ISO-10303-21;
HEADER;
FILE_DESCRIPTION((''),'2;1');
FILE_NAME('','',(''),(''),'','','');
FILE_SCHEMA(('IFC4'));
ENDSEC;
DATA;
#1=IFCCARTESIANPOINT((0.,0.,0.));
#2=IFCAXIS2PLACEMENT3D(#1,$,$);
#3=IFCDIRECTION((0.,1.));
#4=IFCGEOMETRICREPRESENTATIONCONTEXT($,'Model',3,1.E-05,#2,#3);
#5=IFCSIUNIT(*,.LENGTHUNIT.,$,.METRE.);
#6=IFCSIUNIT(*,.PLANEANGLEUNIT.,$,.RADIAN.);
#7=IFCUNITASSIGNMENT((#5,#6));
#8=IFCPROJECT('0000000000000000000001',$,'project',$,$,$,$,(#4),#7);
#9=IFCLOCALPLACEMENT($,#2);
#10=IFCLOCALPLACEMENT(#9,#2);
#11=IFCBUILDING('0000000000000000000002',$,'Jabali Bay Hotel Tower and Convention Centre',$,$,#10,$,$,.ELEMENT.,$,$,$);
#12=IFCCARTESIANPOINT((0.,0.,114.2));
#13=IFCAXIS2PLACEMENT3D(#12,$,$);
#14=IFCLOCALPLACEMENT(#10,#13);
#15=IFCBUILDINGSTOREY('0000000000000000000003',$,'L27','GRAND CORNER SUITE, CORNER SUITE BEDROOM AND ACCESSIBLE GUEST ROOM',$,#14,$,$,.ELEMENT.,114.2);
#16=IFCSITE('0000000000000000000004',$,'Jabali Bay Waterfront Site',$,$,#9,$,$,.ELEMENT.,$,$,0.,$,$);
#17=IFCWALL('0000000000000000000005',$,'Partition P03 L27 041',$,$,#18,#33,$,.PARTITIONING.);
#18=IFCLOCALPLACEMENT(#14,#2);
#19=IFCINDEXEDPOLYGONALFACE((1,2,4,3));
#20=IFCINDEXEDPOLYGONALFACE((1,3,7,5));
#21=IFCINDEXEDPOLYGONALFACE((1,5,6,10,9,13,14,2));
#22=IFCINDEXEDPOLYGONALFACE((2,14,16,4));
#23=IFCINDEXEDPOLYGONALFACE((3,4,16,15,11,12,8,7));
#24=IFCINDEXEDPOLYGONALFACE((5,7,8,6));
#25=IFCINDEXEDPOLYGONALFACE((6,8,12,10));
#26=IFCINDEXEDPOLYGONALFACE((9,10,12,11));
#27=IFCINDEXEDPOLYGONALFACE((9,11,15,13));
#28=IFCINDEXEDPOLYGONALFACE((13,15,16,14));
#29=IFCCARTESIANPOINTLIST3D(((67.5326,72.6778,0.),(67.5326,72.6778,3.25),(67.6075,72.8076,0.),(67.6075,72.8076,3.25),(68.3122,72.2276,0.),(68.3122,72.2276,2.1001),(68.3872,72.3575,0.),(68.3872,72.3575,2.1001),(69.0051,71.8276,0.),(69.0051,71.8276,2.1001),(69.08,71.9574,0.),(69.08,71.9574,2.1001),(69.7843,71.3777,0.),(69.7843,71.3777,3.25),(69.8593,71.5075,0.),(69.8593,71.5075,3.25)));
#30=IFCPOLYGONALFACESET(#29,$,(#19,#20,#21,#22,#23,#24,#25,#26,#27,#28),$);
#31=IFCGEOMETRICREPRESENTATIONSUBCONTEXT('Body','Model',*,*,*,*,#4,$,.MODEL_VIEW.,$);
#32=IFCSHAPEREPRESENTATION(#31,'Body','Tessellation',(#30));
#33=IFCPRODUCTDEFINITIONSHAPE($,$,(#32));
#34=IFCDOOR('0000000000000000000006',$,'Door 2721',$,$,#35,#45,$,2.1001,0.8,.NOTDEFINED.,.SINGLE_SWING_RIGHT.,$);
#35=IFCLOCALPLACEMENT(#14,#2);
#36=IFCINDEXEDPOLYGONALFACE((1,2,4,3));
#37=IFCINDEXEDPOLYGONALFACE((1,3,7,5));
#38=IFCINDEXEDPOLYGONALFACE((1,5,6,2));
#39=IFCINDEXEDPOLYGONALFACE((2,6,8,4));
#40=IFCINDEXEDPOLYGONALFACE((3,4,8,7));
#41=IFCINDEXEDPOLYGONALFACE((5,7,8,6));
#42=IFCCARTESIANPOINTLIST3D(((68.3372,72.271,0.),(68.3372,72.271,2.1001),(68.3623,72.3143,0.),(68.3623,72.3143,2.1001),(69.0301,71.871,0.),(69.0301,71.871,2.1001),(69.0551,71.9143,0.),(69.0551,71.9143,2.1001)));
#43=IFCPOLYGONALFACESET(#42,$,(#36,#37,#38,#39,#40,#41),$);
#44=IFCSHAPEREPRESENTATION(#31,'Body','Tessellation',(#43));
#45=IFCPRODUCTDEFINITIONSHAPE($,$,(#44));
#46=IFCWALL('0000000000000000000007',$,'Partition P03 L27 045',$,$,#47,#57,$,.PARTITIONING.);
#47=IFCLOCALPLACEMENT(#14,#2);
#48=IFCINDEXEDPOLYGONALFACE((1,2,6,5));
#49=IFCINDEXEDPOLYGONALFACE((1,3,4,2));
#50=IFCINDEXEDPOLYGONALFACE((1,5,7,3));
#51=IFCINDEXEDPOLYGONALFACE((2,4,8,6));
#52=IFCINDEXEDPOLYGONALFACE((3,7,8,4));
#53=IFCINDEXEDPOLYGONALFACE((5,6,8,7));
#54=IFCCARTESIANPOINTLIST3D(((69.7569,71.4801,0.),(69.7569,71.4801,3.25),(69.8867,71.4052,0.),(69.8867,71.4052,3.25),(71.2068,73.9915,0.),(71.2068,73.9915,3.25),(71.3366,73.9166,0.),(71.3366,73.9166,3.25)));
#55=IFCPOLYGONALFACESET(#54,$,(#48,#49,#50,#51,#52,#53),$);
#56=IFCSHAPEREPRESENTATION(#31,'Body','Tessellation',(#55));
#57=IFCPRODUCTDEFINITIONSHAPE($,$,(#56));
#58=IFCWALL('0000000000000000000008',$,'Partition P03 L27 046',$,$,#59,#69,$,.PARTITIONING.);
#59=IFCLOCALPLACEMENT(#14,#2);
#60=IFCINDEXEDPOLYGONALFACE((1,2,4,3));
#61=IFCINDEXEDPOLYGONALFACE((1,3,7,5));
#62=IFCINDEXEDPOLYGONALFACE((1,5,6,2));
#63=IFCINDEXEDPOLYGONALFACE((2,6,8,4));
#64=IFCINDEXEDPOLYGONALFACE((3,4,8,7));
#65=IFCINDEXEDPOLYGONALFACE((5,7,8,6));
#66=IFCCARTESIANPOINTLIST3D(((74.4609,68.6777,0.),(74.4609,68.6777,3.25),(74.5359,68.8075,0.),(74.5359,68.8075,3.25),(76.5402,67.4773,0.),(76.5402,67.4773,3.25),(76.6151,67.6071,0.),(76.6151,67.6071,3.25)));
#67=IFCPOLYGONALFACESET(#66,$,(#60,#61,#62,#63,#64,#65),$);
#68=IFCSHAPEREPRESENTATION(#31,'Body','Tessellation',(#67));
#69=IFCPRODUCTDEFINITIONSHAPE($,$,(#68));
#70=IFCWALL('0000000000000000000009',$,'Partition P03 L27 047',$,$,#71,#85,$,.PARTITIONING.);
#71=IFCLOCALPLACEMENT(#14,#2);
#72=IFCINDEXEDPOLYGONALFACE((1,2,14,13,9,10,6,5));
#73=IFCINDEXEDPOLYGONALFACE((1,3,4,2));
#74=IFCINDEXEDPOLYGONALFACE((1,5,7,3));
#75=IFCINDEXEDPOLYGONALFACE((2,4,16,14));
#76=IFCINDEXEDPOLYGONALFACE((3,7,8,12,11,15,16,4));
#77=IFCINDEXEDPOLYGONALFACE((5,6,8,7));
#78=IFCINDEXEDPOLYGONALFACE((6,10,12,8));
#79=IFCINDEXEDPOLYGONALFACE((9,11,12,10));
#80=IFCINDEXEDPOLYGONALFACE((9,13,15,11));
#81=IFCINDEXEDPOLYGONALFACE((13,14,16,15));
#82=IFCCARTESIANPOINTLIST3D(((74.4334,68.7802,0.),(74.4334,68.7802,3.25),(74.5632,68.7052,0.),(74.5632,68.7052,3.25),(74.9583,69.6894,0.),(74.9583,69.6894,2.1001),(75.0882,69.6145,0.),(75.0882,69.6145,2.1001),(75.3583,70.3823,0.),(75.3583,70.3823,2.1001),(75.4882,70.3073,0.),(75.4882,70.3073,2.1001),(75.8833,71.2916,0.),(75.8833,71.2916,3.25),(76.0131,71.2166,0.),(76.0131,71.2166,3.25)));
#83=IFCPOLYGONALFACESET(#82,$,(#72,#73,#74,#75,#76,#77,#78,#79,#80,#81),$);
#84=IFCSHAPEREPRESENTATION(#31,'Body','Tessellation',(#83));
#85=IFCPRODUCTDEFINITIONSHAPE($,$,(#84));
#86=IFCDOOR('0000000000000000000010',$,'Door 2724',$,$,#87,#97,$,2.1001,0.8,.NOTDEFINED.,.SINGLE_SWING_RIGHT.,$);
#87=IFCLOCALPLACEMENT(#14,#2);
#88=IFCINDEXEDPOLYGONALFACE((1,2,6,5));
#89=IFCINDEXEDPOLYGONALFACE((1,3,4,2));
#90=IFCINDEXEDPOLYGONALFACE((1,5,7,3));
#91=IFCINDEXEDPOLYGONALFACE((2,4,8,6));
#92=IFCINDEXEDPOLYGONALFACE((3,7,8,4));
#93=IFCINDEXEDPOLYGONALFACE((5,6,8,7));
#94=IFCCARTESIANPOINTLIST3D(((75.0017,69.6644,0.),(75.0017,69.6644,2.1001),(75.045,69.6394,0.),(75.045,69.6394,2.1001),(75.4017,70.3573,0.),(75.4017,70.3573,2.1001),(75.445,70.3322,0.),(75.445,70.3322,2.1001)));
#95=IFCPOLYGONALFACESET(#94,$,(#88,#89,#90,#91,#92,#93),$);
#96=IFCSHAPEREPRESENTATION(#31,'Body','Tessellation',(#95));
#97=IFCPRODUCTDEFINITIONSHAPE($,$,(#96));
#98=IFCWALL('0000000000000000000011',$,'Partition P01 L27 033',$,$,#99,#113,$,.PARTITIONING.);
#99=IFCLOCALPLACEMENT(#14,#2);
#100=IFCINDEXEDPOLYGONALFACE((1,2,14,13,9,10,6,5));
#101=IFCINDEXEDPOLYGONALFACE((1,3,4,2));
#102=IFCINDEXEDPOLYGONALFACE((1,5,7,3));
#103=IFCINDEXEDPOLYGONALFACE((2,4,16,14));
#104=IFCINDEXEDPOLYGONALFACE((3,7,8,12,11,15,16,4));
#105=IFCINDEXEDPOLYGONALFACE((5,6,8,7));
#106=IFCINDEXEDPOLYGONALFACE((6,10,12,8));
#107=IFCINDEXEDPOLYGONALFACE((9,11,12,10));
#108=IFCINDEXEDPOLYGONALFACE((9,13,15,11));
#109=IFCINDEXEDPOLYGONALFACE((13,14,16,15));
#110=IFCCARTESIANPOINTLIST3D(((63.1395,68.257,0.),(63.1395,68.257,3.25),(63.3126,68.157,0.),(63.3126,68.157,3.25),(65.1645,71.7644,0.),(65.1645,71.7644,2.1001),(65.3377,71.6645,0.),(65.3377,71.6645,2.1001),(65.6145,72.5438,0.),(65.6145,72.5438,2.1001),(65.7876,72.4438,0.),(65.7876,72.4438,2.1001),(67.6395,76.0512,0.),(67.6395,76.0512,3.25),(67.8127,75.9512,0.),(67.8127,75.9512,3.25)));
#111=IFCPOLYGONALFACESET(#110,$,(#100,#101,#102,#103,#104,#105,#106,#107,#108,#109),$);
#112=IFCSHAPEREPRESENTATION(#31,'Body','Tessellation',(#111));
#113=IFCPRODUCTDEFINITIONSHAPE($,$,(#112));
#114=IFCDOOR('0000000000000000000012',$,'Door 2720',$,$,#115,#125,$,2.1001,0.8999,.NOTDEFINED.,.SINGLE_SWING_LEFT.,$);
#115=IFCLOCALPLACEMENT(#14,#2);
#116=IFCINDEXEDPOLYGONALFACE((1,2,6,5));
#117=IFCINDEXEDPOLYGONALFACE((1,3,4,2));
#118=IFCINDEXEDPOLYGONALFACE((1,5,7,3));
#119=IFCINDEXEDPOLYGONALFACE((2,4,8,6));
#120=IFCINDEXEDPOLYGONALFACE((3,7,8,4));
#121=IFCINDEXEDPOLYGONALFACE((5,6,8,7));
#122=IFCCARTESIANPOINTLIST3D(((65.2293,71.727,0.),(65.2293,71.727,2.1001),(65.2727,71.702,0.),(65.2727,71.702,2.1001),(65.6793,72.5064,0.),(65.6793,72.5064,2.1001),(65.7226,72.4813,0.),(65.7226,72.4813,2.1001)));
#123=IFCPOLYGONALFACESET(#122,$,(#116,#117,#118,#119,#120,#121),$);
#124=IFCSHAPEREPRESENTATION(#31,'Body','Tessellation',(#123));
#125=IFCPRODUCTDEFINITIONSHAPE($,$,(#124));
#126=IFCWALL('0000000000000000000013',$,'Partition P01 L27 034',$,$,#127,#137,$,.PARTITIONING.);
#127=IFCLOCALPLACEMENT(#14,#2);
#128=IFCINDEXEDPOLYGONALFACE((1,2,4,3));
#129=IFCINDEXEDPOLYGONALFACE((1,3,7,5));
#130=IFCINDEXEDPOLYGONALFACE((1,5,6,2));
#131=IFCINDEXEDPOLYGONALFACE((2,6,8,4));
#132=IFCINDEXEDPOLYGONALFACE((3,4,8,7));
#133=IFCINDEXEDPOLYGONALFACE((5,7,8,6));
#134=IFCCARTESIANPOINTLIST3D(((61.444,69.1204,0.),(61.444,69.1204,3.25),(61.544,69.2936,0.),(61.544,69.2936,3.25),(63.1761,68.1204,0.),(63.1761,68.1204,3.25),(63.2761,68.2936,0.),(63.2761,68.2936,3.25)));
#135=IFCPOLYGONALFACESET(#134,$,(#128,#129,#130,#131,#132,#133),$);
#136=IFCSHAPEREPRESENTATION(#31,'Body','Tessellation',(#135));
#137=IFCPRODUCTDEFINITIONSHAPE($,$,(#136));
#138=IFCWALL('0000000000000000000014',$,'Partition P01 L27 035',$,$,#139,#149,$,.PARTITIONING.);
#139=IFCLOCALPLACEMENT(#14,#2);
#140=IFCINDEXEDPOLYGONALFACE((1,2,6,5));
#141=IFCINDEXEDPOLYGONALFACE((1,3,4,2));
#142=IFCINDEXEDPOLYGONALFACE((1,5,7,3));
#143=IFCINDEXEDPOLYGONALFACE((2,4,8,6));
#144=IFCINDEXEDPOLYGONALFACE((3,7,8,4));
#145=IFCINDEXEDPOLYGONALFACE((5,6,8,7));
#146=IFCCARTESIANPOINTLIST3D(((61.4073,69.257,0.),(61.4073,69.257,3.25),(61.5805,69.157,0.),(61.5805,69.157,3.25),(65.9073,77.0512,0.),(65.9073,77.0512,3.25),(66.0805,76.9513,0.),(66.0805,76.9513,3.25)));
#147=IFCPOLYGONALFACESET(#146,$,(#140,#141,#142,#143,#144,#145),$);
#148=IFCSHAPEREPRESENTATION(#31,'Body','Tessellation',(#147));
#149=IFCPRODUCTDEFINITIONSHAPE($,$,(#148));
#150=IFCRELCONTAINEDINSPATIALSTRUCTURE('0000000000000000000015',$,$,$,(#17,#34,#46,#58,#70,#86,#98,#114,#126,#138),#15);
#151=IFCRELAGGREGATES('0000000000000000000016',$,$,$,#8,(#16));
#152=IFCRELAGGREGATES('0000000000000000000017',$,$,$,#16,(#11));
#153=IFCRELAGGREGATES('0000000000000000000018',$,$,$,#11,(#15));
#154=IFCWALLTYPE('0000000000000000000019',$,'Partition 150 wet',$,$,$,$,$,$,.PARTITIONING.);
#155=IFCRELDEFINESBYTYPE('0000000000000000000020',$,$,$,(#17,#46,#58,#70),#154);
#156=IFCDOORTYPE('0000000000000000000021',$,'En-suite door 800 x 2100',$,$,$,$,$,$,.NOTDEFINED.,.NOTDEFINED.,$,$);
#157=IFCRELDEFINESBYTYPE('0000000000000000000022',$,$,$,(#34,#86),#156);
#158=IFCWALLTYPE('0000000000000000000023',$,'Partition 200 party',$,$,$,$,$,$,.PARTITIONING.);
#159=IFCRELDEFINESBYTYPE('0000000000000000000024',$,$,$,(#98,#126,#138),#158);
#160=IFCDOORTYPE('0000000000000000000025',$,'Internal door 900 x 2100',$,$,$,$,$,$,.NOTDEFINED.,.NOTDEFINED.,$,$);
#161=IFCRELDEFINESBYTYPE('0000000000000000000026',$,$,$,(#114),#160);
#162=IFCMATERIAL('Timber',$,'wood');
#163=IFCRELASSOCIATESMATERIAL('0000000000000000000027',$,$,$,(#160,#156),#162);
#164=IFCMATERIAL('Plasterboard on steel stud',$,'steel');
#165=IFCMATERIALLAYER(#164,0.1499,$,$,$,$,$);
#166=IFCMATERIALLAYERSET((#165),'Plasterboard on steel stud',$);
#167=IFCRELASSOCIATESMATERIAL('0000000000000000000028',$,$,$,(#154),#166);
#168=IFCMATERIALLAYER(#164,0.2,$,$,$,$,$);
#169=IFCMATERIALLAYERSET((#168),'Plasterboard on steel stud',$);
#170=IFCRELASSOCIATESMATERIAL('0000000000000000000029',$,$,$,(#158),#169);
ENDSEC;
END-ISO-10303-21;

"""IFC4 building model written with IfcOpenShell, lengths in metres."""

from ifc_helpers import new_model, si_unit, direction, frame, frame_2d, origin, place, context, subcontext, project, spatial, rectangle, extrude, material, layer, layer_set, type_object, element, fill, save


model = new_model("IFC4")

# Units and contexts
model_context = context("Model", 3, precision=1e-05, world=origin(), true_north=direction((0.0, 1.0)))
body_context = subcontext(model_context, "Body", "Model", "MODEL_VIEW")
ifc_project = project(units=[si_unit("LENGTHUNIT", "METRE"), si_unit("PLANEANGLEUNIT", "RADIAN")], contexts=[model_context])

# Site, building, storey
site_placement = place(None, origin())
site = spatial("IfcSite", under=ifc_project, at=site_placement, Name="Jabali Bay Waterfront Site", CompositionType="ELEMENT", RefElevation=0.0)
building_placement = place(site_placement, origin())
building = spatial("IfcBuilding", under=site, at=building_placement, Name="Jabali Bay Hotel Tower and Convention Centre", CompositionType="ELEMENT")
storey_placement = place(building_placement, frame((0.0, 0.0, 114.2)))
storey = spatial("IfcBuildingStorey", under=building, at=storey_placement, Name="L27", Description="GRAND CORNER SUITE, CORNER SUITE BEDROOM AND ACCESSIBLE GUEST ROOM", CompositionType="ELEMENT", Elevation=114.2)

# Shared definitions
ifc_material_1 = material(Name="Timber", Category="wood")

# Shared definitions
ifc_material_2 = material(Name="Plasterboard on steel stud", Category="steel")
door_type_1 = type_object("IfcDoorType", Name="Internal door 900 x 2100", OperationType="NOTDEFINED", PredefinedType="NOTDEFINED", material=ifc_material_1)

# Shared definitions
ifc_layer_1 = layer(ifc_material_2, 0.1499)
ifc_layer_set_1 = layer_set([ifc_layer_1], Name="Plasterboard on steel stud")
wall_type_1 = type_object("IfcWallType", Name="Partition 150 wet", PredefinedType="PARTITIONING", material=ifc_layer_set_1)

# Wall, opening, door
wall_1_placement = place(storey_placement, frame((69.8218, 71.4426, 0.0), z_axis=(0.0, 0.0, 1.0), x_axis=(-0.866021, 0.500007, 0.0)))
wall_1 = element("IfcWall", 1, at=wall_1_placement, inside=storey, type_object=wall_type_1, Name="Partition P03 L27 041", PredefinedType="PARTITIONING", context=body_context, shape_type="SweptSolid", body=[
    extrude(rectangle(XDim=2.6001, YDim=0.1499, at=frame_2d((1.3, 0.0))), origin(), (0.0, 0.0, 1.0), 3.25),
])
opening_1_placement = place(wall_1_placement, frame((0.8999, 0.0, 0.0)))
opening_1 = element("IfcOpeningElement", 2, at=opening_1_placement, cuts=wall_1, PredefinedType="OPENING", context=body_context, shape_type="SweptSolid", body=[
    extrude(rectangle(XDim=0.8, YDim=2.1001, at=frame_2d((0.3999, 1.05))), frame((0.0, 0.0854, 0.0), z_axis=(0.0, -1.0, 0.0), x_axis=(1.0, 0.0, 0.0)), (0.0, 0.0, 1.0), 0.1709),
])
door_type_2 = type_object("IfcDoorType", Name="En-suite door 800 x 2100", OperationType="NOTDEFINED", PredefinedType="NOTDEFINED", material=ifc_material_1)
door_1_placement = place(opening_1_placement, origin())
door_1 = element("IfcDoor", 3, at=door_1_placement, inside=storey, type_object=door_type_2, Name="Door 2721", OperationType="SINGLE_SWING_RIGHT", OverallHeight=2.1001, OverallWidth=0.8, PredefinedType="NOTDEFINED", context=body_context, shape_type="SweptSolid", body=[
    extrude(rectangle(XDim=0.8, YDim=2.1001, at=frame_2d((0.3999, 1.05))), frame((0.0, 0.0249, 0.0), z_axis=(0.0, -1.0, 0.0), x_axis=(1.0, 0.0, 0.0)), (0.0, 0.0, 1.0), 0.05),
])
fill(opening_1, door_1)

# Walls
wall_2_placement = place(storey_placement, frame((69.8218, 71.4426, 0.0), z_axis=(0.0, 0.0, 1.0), x_axis=(0.499987, 0.866033, 0.0)))
element("IfcWall", 4, at=wall_2_placement, inside=storey, type_object=wall_type_1, Name="Partition P03 L27 045", PredefinedType="PARTITIONING", context=body_context, shape_type="SweptSolid", body=[
    extrude(rectangle(XDim=2.8999, YDim=0.1499, at=frame_2d((1.45, 0.0))), origin(), (0.0, 0.0, 1.0), 3.25),
])
wall_3_placement = place(storey_placement, frame((76.5776, 67.5422, 0.0), z_axis=(0.0, 0.0, 1.0), x_axis=(-0.866038, 0.499978, 0.0)))
element("IfcWall", 5, at=wall_3_placement, inside=storey, type_object=wall_type_1, Name="Partition P03 L27 046", PredefinedType="PARTITIONING", context=body_context, shape_type="SweptSolid", body=[
    extrude(rectangle(XDim=2.4009, YDim=0.1499, at=frame_2d((1.2004, 0.0))), origin(), (0.0, 0.0, 1.0), 3.25),
])

# Walls, openings, doors
wall_4_placement = place(storey_placement, frame((74.4983, 68.7427, 0.0), z_axis=(0.0, 0.0, 1.0), x_axis=(0.499987, 0.866033, 0.0)))
wall_4 = element("IfcWall", 6, at=wall_4_placement, inside=storey, type_object=wall_type_1, Name="Partition P03 L27 047", PredefinedType="PARTITIONING", context=body_context, shape_type="SweptSolid", body=[
    extrude(rectangle(XDim=2.8999, YDim=0.1499, at=frame_2d((1.45, 0.0))), origin(), (0.0, 0.0, 1.0), 3.25),
])
opening_2_placement = place(wall_4_placement, frame((1.05, 0.0, 0.0)))
opening_2 = element("IfcOpeningElement", 7, at=opening_2_placement, cuts=wall_4, PredefinedType="OPENING", context=body_context, shape_type="SweptSolid", body=[
    extrude(rectangle(XDim=0.8, YDim=2.1001, at=frame_2d((0.3999, 1.05))), frame((0.0, 0.0854, 0.0), z_axis=(0.0, -1.0, 0.0), x_axis=(1.0, 0.0, 0.0)), (0.0, 0.0, 1.0), 0.1709),
])
door_2_placement = place(opening_2_placement, origin())
door_2 = element("IfcDoor", 8, at=door_2_placement, inside=storey, type_object=door_type_2, Name="Door 2724", OperationType="SINGLE_SWING_RIGHT", OverallHeight=2.1001, OverallWidth=0.8, PredefinedType="NOTDEFINED", context=body_context, shape_type="SweptSolid", body=[
    extrude(rectangle(XDim=0.8, YDim=2.1001, at=frame_2d((0.3999, 1.05))), frame((0.0, 0.0249, 0.0), z_axis=(0.0, -1.0, 0.0), x_axis=(1.0, 0.0, 0.0)), (0.0, 0.0, 1.0), 0.05),
])
fill(opening_2, door_2)
ifc_layer_2 = layer(ifc_material_2, 0.2)
ifc_layer_set_2 = layer_set([ifc_layer_2], Name="Plasterboard on steel stud")
wall_type_2 = type_object("IfcWallType", Name="Partition 200 party", PredefinedType="PARTITIONING", material=ifc_layer_set_2)
wall_5_placement = place(storey_placement, frame((67.7261, 76.0012, 0.0), z_axis=(0.0, 0.0, 1.0), x_axis=(-0.500002, -0.866024, 0.0)))
wall_5 = element("IfcWall", 9, at=wall_5_placement, inside=storey, type_object=wall_type_2, Name="Partition P01 L27 033", PredefinedType="PARTITIONING", context=body_context, shape_type="SweptSolid", body=[
    extrude(rectangle(XDim=9.0, YDim=0.2, at=frame_2d((4.5, 0.0))), origin(), (0.0, 0.0, 1.0), 3.25),
])
opening_3_placement = place(wall_5_placement, frame((4.05, 0.0, 0.0)))
opening_3 = element("IfcOpeningElement", 10, at=opening_3_placement, cuts=wall_5, PredefinedType="OPENING", context=body_context, shape_type="SweptSolid", body=[
    extrude(rectangle(XDim=0.8999, YDim=2.1001, at=frame_2d((0.45, 1.05))), frame((0.0, 0.1104, 0.0), z_axis=(0.0, -1.0, 0.0), x_axis=(1.0, 0.0, 0.0)), (0.0, 0.0, 1.0), 0.2209),
])
door_3_placement = place(opening_3_placement, origin())
door_3 = element("IfcDoor", 11, at=door_3_placement, inside=storey, type_object=door_type_1, Name="Door 2720", OperationType="SINGLE_SWING_LEFT", OverallHeight=2.1001, OverallWidth=0.8999, PredefinedType="NOTDEFINED", context=body_context, shape_type="SweptSolid", body=[
    extrude(rectangle(XDim=0.8999, YDim=2.1001, at=frame_2d((0.45, 1.05))), frame((0.0, 0.0249, 0.0), z_axis=(0.0, -1.0, 0.0), x_axis=(1.0, 0.0, 0.0)), (0.0, 0.0, 1.0), 0.05),
])
fill(opening_3, door_3)

# Walls
wall_6_placement = place(storey_placement, frame((63.2261, 68.207, 0.0), z_axis=(0.0, 0.0, 1.0), x_axis=(-0.866041, 0.499973, 0.0)))
element("IfcWall", 12, at=wall_6_placement, inside=storey, type_object=wall_type_2, Name="Partition P01 L27 034", PredefinedType="PARTITIONING", context=body_context, shape_type="SweptSolid", body=[
    extrude(rectangle(XDim=2.0, YDim=0.2, at=frame_2d((1.0, 0.0))), origin(), (0.0, 0.0, 1.0), 3.25),
])
wall_7_placement = place(storey_placement, frame((61.4939, 69.207, 0.0), z_axis=(0.0, 0.0, 1.0), x_axis=(0.500002, 0.866024, 0.0)))
element("IfcWall", 13, at=wall_7_placement, inside=storey, type_object=wall_type_2, Name="Partition P01 L27 035", PredefinedType="PARTITIONING", context=body_context, shape_type="SweptSolid", body=[
    extrude(rectangle(XDim=9.0, YDim=0.2, at=frame_2d((4.5, 0.0))), origin(), (0.0, 0.0, 1.0), 3.25),
])

save(model, "model.ifc")
